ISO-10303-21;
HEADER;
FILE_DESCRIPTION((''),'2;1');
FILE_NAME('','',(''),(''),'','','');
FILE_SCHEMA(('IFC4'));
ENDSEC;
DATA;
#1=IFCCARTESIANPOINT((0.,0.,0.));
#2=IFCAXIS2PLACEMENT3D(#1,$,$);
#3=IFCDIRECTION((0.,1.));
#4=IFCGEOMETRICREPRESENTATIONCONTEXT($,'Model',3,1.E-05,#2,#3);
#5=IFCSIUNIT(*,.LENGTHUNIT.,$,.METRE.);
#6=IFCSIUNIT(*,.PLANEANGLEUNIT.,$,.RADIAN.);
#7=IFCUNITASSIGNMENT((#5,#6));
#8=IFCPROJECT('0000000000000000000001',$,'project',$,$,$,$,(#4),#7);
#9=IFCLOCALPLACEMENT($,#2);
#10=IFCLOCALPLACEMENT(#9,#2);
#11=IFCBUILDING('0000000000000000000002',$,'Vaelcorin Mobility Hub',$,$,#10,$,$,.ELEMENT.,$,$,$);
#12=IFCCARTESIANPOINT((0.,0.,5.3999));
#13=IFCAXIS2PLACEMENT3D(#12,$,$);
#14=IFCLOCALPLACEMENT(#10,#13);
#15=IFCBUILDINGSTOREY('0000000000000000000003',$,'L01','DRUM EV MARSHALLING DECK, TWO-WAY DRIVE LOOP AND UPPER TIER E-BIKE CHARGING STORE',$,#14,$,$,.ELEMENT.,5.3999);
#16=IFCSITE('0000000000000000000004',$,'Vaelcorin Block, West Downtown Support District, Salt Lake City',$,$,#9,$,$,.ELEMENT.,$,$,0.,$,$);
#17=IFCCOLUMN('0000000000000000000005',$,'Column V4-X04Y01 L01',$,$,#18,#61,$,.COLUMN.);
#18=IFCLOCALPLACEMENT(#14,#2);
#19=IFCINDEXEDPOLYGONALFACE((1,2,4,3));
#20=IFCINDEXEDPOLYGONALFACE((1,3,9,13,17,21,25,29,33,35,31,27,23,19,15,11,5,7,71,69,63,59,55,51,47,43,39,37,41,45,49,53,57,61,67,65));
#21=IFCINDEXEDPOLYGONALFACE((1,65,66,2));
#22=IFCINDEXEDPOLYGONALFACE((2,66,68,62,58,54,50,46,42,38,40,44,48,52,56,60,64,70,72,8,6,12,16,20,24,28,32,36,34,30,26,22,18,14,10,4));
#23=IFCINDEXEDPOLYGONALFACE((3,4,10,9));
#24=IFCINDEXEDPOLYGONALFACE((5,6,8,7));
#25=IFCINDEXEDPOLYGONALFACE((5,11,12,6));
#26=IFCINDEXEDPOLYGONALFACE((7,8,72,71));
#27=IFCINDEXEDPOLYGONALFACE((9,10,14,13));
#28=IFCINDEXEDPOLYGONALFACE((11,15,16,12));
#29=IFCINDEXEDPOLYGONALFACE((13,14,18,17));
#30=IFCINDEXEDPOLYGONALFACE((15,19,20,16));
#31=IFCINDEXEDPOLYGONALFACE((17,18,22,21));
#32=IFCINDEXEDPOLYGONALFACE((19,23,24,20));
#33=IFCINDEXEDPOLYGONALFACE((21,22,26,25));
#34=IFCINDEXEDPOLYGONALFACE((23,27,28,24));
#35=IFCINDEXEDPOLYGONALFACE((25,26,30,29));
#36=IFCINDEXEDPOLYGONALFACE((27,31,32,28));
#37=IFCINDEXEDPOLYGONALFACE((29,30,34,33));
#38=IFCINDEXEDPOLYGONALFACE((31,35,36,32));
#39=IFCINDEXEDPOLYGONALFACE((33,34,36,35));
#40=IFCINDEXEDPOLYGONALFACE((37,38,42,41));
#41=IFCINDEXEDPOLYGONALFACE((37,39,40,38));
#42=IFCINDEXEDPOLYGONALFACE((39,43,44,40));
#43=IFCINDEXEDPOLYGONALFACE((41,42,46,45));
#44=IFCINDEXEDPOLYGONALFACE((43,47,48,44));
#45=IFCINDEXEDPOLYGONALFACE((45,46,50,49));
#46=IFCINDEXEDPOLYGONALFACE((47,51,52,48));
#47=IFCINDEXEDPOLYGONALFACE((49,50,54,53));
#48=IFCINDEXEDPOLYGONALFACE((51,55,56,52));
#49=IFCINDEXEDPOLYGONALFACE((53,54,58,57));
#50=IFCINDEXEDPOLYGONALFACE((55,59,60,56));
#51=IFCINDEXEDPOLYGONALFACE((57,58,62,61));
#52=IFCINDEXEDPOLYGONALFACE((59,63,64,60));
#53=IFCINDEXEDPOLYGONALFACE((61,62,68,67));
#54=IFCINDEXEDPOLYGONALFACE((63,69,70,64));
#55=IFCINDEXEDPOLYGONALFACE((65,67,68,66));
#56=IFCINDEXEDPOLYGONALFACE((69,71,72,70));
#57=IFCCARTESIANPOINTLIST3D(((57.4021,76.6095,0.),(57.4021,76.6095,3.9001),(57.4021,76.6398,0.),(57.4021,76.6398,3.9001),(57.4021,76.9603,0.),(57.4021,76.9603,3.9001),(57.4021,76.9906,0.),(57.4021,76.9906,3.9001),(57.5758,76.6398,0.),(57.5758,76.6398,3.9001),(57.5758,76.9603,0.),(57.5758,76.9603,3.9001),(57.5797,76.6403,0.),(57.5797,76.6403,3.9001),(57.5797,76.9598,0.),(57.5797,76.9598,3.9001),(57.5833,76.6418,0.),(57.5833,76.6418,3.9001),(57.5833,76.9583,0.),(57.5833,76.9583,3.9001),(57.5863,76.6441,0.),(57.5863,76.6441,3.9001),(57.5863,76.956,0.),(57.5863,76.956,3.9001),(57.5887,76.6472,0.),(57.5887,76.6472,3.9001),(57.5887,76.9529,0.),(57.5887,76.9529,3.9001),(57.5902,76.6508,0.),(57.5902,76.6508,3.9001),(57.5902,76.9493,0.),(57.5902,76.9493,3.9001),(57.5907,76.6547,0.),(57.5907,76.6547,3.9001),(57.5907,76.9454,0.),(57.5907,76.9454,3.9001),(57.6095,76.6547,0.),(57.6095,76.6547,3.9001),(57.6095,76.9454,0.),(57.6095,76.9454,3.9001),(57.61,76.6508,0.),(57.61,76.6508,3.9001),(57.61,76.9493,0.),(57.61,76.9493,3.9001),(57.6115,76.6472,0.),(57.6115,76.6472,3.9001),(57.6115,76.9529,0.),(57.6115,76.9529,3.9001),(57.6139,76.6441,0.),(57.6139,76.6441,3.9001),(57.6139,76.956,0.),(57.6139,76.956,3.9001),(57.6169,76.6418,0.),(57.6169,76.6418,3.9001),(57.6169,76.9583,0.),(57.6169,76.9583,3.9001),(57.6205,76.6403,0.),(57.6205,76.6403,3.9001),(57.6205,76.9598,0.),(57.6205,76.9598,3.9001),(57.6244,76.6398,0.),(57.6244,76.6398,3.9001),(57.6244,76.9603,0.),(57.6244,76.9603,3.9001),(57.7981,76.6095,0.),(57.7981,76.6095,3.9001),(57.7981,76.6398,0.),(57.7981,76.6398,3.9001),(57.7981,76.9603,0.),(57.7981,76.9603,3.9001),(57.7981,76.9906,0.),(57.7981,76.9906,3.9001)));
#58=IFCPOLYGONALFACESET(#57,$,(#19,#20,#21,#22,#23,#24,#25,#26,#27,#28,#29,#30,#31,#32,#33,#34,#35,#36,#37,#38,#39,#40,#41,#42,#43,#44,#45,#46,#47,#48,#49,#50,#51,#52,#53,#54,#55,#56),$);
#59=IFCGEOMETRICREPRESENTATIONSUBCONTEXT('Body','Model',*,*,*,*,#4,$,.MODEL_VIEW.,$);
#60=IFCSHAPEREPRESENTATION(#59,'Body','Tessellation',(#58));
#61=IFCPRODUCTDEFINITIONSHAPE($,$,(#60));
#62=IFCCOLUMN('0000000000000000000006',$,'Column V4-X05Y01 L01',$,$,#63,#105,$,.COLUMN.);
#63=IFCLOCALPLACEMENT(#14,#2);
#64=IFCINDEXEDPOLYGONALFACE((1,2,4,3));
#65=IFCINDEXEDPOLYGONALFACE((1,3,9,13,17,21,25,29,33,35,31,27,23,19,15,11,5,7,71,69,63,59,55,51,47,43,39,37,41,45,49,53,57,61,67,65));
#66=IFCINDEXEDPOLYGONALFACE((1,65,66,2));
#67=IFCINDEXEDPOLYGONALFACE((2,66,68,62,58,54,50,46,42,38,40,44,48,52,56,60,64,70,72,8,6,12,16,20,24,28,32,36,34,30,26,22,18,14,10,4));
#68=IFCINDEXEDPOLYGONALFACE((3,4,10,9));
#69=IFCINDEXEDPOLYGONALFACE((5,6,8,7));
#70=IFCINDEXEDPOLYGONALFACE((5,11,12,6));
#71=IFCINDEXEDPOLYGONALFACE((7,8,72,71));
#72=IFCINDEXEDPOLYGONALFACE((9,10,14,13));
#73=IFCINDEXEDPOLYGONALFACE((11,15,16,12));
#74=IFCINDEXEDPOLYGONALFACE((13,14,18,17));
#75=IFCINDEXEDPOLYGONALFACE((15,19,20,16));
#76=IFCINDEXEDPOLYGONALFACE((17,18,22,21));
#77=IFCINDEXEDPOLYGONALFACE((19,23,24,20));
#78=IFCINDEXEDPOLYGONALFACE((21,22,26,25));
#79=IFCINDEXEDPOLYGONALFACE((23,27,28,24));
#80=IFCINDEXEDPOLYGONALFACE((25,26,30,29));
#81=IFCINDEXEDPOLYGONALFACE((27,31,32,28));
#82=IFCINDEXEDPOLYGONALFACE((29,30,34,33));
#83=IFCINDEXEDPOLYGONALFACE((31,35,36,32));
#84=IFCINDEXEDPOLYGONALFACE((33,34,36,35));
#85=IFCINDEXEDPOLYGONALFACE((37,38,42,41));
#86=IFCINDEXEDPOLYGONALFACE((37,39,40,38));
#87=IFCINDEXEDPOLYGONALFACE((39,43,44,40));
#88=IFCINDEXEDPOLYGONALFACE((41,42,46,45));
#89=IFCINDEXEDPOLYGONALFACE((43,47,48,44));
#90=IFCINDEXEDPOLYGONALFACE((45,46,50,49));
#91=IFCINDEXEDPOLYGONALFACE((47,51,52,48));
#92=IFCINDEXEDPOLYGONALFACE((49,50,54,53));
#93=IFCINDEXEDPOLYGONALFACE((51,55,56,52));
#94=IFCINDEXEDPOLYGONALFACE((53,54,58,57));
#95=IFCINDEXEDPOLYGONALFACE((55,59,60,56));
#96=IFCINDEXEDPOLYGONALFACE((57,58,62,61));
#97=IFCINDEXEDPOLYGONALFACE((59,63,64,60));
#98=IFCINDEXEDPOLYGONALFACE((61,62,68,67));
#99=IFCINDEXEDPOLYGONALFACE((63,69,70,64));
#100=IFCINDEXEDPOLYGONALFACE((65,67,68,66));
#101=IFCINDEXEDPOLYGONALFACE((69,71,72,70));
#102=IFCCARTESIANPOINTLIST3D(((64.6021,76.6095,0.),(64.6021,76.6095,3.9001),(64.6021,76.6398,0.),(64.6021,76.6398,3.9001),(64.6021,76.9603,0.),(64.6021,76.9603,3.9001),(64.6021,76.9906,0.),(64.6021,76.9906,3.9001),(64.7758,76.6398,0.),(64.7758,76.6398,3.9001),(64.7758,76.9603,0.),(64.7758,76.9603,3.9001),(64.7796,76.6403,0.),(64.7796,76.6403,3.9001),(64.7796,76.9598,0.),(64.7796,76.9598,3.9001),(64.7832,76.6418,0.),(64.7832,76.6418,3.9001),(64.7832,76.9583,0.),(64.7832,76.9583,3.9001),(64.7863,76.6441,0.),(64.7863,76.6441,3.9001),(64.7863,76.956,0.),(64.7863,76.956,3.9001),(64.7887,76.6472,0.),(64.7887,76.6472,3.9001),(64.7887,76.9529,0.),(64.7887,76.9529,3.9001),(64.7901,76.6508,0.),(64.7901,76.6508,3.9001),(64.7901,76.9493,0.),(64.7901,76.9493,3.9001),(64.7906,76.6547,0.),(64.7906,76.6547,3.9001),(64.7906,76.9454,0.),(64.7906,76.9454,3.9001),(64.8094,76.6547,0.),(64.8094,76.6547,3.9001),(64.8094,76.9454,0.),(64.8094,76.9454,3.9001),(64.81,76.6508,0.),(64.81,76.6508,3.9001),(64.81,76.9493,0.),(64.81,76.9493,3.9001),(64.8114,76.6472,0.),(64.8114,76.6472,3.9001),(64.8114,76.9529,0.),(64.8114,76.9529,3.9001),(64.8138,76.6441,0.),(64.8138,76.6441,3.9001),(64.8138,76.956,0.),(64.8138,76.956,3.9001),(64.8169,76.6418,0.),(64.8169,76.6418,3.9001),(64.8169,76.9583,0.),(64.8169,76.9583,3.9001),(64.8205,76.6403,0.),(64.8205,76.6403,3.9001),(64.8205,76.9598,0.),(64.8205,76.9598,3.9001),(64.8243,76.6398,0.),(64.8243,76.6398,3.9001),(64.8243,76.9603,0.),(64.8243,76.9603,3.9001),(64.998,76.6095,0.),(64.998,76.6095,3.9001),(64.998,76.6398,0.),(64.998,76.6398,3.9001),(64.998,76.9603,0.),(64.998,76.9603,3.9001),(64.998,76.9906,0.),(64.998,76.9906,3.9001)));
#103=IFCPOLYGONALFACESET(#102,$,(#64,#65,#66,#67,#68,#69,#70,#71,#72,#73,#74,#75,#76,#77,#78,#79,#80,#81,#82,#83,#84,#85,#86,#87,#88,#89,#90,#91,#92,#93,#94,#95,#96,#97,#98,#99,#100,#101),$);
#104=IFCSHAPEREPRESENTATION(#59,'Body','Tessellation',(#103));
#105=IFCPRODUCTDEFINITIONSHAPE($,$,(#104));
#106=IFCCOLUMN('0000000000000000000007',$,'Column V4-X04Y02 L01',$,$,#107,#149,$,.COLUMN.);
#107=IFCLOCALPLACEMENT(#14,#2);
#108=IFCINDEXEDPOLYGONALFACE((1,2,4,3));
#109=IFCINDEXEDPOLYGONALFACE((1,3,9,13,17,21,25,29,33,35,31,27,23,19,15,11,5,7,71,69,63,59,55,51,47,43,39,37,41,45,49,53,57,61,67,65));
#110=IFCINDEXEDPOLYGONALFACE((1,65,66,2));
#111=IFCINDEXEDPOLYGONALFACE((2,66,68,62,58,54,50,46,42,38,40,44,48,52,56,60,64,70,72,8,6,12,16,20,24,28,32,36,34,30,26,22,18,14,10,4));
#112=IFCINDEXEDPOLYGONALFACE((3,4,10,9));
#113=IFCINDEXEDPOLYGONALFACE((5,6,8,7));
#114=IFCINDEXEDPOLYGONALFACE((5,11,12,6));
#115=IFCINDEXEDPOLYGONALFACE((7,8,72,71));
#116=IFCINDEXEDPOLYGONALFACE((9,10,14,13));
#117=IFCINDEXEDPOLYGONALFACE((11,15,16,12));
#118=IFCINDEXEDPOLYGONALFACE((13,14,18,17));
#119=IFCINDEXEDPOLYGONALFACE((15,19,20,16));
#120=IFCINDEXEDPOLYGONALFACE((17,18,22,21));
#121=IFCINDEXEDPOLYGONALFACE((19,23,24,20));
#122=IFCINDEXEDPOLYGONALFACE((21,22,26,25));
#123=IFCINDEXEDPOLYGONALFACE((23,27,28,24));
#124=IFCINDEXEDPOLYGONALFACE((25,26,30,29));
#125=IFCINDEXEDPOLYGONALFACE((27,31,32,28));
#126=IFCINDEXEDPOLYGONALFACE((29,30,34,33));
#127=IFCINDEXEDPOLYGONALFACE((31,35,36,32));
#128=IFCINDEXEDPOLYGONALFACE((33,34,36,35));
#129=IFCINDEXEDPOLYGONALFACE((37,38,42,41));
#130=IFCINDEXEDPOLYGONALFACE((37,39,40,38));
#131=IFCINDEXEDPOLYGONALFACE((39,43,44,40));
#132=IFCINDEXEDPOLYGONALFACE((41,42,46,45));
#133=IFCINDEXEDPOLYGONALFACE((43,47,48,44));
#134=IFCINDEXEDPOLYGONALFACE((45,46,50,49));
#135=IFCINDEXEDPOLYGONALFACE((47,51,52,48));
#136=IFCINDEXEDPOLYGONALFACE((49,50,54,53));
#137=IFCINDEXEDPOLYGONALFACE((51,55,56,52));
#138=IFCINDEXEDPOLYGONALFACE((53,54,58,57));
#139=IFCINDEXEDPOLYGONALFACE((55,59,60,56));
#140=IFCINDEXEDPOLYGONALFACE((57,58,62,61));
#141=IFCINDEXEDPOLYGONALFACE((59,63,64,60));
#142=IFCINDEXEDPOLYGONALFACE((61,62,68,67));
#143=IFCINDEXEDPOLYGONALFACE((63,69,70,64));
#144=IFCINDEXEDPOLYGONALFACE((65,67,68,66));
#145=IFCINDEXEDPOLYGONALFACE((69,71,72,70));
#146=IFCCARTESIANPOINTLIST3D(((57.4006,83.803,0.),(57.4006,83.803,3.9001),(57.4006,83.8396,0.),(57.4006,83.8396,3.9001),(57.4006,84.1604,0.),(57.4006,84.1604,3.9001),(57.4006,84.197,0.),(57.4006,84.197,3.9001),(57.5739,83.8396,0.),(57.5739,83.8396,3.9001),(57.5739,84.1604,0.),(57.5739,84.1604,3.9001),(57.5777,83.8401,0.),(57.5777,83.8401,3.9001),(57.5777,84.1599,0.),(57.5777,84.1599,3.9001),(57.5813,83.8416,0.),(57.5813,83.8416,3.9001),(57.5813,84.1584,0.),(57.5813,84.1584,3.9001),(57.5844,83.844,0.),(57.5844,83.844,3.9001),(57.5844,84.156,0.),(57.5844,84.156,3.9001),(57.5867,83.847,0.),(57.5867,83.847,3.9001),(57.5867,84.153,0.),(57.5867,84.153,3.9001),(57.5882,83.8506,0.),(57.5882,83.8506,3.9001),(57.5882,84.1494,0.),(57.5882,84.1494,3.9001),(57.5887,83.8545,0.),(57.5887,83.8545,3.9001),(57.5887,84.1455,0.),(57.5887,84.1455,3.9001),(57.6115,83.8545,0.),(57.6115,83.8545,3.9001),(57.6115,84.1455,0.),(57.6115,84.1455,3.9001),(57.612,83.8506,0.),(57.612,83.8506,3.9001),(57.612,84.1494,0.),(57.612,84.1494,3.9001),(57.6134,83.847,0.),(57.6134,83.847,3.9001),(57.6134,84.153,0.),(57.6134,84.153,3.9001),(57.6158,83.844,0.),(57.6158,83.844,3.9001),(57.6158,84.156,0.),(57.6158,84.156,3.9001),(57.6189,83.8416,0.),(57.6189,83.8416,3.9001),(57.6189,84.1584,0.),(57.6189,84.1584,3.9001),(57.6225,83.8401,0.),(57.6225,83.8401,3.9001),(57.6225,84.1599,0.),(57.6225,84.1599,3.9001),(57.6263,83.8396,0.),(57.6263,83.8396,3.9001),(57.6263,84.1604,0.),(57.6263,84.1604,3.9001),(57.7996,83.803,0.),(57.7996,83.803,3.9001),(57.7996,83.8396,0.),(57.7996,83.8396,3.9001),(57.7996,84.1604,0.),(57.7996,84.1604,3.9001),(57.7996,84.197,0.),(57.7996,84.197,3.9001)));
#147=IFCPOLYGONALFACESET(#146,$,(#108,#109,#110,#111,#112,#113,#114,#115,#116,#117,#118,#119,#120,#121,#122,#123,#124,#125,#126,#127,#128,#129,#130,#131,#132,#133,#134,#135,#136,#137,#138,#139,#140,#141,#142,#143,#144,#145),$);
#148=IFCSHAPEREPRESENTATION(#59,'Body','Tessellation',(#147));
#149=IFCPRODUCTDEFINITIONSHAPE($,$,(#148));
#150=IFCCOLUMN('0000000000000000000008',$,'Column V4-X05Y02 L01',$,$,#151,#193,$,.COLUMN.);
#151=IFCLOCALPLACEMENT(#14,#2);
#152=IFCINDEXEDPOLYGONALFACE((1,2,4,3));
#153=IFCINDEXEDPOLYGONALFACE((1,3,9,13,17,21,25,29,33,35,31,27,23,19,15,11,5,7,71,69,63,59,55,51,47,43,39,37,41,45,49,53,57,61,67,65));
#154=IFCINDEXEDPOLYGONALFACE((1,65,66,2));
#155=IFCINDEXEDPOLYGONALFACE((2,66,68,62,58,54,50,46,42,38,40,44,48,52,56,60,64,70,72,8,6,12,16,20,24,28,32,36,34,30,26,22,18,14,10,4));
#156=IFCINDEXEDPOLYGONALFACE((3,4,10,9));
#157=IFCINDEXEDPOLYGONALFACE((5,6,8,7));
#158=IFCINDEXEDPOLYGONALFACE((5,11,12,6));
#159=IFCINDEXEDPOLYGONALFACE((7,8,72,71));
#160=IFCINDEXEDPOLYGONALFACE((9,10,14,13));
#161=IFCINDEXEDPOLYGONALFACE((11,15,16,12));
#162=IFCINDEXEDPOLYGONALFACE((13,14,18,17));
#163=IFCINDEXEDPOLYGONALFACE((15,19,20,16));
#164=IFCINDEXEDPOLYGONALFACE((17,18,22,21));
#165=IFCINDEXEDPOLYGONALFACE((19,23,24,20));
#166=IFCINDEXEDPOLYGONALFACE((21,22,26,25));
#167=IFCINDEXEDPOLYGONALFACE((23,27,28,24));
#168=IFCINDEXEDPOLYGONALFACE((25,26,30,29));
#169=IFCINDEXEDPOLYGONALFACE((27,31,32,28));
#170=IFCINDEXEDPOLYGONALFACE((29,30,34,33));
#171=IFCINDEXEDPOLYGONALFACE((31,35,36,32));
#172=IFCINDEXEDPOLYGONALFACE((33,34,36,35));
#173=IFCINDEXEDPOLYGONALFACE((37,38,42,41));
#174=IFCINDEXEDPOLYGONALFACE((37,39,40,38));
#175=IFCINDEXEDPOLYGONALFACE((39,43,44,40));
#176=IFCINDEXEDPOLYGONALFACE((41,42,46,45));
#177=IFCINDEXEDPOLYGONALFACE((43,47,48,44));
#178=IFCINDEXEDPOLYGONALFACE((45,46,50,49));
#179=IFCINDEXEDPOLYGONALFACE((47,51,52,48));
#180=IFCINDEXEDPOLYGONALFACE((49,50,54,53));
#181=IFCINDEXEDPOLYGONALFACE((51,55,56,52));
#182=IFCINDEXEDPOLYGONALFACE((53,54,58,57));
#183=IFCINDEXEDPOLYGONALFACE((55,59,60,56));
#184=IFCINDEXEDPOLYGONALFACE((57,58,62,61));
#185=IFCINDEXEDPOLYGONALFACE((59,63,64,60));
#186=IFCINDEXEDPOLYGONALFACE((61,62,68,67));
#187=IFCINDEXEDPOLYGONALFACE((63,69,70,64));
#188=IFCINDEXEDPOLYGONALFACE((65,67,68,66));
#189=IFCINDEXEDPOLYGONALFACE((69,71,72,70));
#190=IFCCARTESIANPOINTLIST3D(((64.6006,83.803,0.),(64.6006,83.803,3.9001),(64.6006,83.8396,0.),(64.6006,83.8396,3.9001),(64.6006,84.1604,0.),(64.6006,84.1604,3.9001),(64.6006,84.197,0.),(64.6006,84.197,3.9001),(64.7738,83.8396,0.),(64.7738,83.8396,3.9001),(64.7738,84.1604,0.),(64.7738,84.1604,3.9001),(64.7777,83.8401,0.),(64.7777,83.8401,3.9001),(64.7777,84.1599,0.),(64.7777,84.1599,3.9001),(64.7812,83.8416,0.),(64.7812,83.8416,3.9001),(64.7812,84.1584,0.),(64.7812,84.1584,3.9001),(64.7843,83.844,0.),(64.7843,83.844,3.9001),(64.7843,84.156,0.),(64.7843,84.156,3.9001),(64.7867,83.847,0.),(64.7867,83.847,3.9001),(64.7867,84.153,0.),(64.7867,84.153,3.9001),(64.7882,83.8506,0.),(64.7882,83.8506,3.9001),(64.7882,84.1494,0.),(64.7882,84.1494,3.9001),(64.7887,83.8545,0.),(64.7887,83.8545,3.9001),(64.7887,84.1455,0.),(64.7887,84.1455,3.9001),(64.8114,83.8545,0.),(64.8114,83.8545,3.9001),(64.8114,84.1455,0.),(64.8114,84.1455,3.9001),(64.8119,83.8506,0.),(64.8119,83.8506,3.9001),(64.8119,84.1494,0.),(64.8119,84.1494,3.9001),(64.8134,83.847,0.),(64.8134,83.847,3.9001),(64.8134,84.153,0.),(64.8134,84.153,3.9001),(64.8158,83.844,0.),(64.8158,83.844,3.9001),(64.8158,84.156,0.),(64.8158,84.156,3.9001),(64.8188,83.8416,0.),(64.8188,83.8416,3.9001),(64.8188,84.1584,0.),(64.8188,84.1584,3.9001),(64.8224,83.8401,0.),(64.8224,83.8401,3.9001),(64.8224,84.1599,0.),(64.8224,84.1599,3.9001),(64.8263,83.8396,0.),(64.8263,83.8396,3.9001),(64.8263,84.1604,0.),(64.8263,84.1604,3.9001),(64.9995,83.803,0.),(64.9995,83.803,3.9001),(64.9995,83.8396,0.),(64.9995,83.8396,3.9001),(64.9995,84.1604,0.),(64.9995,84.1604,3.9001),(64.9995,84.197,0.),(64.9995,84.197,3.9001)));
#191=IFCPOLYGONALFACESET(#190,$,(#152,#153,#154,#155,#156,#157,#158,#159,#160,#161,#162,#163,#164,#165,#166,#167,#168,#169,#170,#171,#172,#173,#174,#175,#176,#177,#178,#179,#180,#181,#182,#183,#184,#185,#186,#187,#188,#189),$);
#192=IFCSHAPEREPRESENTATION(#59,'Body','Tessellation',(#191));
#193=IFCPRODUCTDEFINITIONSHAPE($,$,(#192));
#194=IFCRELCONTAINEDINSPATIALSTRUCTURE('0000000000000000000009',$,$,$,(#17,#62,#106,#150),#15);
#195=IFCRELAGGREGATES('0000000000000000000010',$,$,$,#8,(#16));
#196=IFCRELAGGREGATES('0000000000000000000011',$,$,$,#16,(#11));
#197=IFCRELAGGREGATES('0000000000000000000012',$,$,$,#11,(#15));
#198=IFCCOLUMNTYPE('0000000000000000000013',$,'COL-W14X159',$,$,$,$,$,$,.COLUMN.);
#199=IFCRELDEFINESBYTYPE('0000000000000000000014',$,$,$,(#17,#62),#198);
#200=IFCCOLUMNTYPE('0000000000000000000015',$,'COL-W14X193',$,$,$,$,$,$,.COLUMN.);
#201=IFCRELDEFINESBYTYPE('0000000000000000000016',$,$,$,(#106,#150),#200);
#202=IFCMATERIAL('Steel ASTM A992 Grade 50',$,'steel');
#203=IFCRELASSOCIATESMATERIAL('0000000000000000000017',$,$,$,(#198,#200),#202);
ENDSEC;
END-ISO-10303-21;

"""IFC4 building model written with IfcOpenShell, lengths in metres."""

from ifc_helpers import new_model, si_unit, direction, frame, origin, origin_2d, place, context, subcontext, project, spatial, i_section, extrude, material, material_profile, profile_set, type_object, element, save


model = new_model("IFC4")

# Units and contexts
model_context = context("Model", 3, precision=1e-05, world=origin(), true_north=direction((0.0, 1.0)))
body_context = subcontext(model_context, "Body", "Model", "MODEL_VIEW")
ifc_project = project(units=[si_unit("LENGTHUNIT", "METRE"), si_unit("PLANEANGLEUNIT", "RADIAN")], contexts=[model_context])

# Site, building, storey
site_placement = place(None, origin())
site = spatial("IfcSite", under=ifc_project, at=site_placement, Name="Vaelcorin Block, West Downtown Support District, Salt Lake City", CompositionType="ELEMENT", RefElevation=0.0)
building_placement = place(site_placement, origin())
building = spatial("IfcBuilding", under=site, at=building_placement, Name="Vaelcorin Mobility Hub", CompositionType="ELEMENT")
storey_placement = place(building_placement, frame((0.0, 0.0, 5.3999)))
storey = spatial("IfcBuildingStorey", under=building, at=storey_placement, Name="L01", Description="DRUM EV MARSHALLING DECK, TWO-WAY DRIVE LOOP AND UPPER TIER E-BIKE CHARGING STORE", CompositionType="ELEMENT", Elevation=5.3999)

# Columns
ifc_material_1 = material(Name="Steel ASTM A992 Grade 50", Category="steel")
ifc_material_profile_1 = material_profile(ifc_material_1, i_section(OverallWidth=0.396, OverallDepth=0.3811, WebThickness=0.0188, FlangeThickness=0.0303, FilletRadius=0.0149, at=origin_2d()), Name="W14X159")
ifc_profile_set_1 = profile_set([ifc_material_profile_1], Name="Steel ASTM A992 Grade 50")
column_type_1 = type_object("IfcColumnType", Name="COL-W14X159", PredefinedType="COLUMN", material=ifc_profile_set_1)
for number, where, z_axis, x_axis, name in (
    (1, (57.6001, 76.8, 0.0), (0.0, 0.0, 1.0), (1.0, 0.0, 0.0), "Column V4-X04Y01 L01"),
    (2, (64.8, 76.8, 0.0), (0.0, 0.0, 1.0), (1.0, 0.0, 0.0), "Column V4-X05Y01 L01"),
):
    element("IfcColumn", number, at=place(storey_placement, frame(where, z_axis=z_axis, x_axis=x_axis)), inside=storey, type_object=column_type_1, Name=name, PredefinedType="COLUMN", context=body_context, shape_type="SweptSolid", body=[
        extrude(i_section(OverallWidth=0.396, OverallDepth=0.3811, WebThickness=0.0188, FlangeThickness=0.0303, FilletRadius=0.0149, at=origin_2d()), origin(), (0.0, 0.0, 1.0), 3.9001),
    ])
ifc_material_profile_2 = material_profile(ifc_material_1, i_section(OverallWidth=0.3989, OverallDepth=0.394, WebThickness=0.0227, FlangeThickness=0.0366, FilletRadius=0.0149, at=origin_2d()), Name="W14X193")
ifc_profile_set_2 = profile_set([ifc_material_profile_2], Name="Steel ASTM A992 Grade 50")
column_type_2 = type_object("IfcColumnType", Name="COL-W14X193", PredefinedType="COLUMN", material=ifc_profile_set_2)
for number, where, z_axis, x_axis, name in (
    (3, (57.6001, 84.0, 0.0), (0.0, 0.0, 1.0), (1.0, 0.0, 0.0), "Column V4-X04Y02 L01"),
    (4, (64.8, 84.0, 0.0), (0.0, 0.0, 1.0), (1.0, 0.0, 0.0), "Column V4-X05Y02 L01"),
):
    element("IfcColumn", number, at=place(storey_placement, frame(where, z_axis=z_axis, x_axis=x_axis)), inside=storey, type_object=column_type_2, Name=name, PredefinedType="COLUMN", context=body_context, shape_type="SweptSolid", body=[
        extrude(i_section(OverallWidth=0.3989, OverallDepth=0.394, WebThickness=0.0227, FlangeThickness=0.0366, FilletRadius=0.0149, at=origin_2d()), origin(), (0.0, 0.0, 1.0), 3.9001),
    ])

save(model, "model.ifc")
